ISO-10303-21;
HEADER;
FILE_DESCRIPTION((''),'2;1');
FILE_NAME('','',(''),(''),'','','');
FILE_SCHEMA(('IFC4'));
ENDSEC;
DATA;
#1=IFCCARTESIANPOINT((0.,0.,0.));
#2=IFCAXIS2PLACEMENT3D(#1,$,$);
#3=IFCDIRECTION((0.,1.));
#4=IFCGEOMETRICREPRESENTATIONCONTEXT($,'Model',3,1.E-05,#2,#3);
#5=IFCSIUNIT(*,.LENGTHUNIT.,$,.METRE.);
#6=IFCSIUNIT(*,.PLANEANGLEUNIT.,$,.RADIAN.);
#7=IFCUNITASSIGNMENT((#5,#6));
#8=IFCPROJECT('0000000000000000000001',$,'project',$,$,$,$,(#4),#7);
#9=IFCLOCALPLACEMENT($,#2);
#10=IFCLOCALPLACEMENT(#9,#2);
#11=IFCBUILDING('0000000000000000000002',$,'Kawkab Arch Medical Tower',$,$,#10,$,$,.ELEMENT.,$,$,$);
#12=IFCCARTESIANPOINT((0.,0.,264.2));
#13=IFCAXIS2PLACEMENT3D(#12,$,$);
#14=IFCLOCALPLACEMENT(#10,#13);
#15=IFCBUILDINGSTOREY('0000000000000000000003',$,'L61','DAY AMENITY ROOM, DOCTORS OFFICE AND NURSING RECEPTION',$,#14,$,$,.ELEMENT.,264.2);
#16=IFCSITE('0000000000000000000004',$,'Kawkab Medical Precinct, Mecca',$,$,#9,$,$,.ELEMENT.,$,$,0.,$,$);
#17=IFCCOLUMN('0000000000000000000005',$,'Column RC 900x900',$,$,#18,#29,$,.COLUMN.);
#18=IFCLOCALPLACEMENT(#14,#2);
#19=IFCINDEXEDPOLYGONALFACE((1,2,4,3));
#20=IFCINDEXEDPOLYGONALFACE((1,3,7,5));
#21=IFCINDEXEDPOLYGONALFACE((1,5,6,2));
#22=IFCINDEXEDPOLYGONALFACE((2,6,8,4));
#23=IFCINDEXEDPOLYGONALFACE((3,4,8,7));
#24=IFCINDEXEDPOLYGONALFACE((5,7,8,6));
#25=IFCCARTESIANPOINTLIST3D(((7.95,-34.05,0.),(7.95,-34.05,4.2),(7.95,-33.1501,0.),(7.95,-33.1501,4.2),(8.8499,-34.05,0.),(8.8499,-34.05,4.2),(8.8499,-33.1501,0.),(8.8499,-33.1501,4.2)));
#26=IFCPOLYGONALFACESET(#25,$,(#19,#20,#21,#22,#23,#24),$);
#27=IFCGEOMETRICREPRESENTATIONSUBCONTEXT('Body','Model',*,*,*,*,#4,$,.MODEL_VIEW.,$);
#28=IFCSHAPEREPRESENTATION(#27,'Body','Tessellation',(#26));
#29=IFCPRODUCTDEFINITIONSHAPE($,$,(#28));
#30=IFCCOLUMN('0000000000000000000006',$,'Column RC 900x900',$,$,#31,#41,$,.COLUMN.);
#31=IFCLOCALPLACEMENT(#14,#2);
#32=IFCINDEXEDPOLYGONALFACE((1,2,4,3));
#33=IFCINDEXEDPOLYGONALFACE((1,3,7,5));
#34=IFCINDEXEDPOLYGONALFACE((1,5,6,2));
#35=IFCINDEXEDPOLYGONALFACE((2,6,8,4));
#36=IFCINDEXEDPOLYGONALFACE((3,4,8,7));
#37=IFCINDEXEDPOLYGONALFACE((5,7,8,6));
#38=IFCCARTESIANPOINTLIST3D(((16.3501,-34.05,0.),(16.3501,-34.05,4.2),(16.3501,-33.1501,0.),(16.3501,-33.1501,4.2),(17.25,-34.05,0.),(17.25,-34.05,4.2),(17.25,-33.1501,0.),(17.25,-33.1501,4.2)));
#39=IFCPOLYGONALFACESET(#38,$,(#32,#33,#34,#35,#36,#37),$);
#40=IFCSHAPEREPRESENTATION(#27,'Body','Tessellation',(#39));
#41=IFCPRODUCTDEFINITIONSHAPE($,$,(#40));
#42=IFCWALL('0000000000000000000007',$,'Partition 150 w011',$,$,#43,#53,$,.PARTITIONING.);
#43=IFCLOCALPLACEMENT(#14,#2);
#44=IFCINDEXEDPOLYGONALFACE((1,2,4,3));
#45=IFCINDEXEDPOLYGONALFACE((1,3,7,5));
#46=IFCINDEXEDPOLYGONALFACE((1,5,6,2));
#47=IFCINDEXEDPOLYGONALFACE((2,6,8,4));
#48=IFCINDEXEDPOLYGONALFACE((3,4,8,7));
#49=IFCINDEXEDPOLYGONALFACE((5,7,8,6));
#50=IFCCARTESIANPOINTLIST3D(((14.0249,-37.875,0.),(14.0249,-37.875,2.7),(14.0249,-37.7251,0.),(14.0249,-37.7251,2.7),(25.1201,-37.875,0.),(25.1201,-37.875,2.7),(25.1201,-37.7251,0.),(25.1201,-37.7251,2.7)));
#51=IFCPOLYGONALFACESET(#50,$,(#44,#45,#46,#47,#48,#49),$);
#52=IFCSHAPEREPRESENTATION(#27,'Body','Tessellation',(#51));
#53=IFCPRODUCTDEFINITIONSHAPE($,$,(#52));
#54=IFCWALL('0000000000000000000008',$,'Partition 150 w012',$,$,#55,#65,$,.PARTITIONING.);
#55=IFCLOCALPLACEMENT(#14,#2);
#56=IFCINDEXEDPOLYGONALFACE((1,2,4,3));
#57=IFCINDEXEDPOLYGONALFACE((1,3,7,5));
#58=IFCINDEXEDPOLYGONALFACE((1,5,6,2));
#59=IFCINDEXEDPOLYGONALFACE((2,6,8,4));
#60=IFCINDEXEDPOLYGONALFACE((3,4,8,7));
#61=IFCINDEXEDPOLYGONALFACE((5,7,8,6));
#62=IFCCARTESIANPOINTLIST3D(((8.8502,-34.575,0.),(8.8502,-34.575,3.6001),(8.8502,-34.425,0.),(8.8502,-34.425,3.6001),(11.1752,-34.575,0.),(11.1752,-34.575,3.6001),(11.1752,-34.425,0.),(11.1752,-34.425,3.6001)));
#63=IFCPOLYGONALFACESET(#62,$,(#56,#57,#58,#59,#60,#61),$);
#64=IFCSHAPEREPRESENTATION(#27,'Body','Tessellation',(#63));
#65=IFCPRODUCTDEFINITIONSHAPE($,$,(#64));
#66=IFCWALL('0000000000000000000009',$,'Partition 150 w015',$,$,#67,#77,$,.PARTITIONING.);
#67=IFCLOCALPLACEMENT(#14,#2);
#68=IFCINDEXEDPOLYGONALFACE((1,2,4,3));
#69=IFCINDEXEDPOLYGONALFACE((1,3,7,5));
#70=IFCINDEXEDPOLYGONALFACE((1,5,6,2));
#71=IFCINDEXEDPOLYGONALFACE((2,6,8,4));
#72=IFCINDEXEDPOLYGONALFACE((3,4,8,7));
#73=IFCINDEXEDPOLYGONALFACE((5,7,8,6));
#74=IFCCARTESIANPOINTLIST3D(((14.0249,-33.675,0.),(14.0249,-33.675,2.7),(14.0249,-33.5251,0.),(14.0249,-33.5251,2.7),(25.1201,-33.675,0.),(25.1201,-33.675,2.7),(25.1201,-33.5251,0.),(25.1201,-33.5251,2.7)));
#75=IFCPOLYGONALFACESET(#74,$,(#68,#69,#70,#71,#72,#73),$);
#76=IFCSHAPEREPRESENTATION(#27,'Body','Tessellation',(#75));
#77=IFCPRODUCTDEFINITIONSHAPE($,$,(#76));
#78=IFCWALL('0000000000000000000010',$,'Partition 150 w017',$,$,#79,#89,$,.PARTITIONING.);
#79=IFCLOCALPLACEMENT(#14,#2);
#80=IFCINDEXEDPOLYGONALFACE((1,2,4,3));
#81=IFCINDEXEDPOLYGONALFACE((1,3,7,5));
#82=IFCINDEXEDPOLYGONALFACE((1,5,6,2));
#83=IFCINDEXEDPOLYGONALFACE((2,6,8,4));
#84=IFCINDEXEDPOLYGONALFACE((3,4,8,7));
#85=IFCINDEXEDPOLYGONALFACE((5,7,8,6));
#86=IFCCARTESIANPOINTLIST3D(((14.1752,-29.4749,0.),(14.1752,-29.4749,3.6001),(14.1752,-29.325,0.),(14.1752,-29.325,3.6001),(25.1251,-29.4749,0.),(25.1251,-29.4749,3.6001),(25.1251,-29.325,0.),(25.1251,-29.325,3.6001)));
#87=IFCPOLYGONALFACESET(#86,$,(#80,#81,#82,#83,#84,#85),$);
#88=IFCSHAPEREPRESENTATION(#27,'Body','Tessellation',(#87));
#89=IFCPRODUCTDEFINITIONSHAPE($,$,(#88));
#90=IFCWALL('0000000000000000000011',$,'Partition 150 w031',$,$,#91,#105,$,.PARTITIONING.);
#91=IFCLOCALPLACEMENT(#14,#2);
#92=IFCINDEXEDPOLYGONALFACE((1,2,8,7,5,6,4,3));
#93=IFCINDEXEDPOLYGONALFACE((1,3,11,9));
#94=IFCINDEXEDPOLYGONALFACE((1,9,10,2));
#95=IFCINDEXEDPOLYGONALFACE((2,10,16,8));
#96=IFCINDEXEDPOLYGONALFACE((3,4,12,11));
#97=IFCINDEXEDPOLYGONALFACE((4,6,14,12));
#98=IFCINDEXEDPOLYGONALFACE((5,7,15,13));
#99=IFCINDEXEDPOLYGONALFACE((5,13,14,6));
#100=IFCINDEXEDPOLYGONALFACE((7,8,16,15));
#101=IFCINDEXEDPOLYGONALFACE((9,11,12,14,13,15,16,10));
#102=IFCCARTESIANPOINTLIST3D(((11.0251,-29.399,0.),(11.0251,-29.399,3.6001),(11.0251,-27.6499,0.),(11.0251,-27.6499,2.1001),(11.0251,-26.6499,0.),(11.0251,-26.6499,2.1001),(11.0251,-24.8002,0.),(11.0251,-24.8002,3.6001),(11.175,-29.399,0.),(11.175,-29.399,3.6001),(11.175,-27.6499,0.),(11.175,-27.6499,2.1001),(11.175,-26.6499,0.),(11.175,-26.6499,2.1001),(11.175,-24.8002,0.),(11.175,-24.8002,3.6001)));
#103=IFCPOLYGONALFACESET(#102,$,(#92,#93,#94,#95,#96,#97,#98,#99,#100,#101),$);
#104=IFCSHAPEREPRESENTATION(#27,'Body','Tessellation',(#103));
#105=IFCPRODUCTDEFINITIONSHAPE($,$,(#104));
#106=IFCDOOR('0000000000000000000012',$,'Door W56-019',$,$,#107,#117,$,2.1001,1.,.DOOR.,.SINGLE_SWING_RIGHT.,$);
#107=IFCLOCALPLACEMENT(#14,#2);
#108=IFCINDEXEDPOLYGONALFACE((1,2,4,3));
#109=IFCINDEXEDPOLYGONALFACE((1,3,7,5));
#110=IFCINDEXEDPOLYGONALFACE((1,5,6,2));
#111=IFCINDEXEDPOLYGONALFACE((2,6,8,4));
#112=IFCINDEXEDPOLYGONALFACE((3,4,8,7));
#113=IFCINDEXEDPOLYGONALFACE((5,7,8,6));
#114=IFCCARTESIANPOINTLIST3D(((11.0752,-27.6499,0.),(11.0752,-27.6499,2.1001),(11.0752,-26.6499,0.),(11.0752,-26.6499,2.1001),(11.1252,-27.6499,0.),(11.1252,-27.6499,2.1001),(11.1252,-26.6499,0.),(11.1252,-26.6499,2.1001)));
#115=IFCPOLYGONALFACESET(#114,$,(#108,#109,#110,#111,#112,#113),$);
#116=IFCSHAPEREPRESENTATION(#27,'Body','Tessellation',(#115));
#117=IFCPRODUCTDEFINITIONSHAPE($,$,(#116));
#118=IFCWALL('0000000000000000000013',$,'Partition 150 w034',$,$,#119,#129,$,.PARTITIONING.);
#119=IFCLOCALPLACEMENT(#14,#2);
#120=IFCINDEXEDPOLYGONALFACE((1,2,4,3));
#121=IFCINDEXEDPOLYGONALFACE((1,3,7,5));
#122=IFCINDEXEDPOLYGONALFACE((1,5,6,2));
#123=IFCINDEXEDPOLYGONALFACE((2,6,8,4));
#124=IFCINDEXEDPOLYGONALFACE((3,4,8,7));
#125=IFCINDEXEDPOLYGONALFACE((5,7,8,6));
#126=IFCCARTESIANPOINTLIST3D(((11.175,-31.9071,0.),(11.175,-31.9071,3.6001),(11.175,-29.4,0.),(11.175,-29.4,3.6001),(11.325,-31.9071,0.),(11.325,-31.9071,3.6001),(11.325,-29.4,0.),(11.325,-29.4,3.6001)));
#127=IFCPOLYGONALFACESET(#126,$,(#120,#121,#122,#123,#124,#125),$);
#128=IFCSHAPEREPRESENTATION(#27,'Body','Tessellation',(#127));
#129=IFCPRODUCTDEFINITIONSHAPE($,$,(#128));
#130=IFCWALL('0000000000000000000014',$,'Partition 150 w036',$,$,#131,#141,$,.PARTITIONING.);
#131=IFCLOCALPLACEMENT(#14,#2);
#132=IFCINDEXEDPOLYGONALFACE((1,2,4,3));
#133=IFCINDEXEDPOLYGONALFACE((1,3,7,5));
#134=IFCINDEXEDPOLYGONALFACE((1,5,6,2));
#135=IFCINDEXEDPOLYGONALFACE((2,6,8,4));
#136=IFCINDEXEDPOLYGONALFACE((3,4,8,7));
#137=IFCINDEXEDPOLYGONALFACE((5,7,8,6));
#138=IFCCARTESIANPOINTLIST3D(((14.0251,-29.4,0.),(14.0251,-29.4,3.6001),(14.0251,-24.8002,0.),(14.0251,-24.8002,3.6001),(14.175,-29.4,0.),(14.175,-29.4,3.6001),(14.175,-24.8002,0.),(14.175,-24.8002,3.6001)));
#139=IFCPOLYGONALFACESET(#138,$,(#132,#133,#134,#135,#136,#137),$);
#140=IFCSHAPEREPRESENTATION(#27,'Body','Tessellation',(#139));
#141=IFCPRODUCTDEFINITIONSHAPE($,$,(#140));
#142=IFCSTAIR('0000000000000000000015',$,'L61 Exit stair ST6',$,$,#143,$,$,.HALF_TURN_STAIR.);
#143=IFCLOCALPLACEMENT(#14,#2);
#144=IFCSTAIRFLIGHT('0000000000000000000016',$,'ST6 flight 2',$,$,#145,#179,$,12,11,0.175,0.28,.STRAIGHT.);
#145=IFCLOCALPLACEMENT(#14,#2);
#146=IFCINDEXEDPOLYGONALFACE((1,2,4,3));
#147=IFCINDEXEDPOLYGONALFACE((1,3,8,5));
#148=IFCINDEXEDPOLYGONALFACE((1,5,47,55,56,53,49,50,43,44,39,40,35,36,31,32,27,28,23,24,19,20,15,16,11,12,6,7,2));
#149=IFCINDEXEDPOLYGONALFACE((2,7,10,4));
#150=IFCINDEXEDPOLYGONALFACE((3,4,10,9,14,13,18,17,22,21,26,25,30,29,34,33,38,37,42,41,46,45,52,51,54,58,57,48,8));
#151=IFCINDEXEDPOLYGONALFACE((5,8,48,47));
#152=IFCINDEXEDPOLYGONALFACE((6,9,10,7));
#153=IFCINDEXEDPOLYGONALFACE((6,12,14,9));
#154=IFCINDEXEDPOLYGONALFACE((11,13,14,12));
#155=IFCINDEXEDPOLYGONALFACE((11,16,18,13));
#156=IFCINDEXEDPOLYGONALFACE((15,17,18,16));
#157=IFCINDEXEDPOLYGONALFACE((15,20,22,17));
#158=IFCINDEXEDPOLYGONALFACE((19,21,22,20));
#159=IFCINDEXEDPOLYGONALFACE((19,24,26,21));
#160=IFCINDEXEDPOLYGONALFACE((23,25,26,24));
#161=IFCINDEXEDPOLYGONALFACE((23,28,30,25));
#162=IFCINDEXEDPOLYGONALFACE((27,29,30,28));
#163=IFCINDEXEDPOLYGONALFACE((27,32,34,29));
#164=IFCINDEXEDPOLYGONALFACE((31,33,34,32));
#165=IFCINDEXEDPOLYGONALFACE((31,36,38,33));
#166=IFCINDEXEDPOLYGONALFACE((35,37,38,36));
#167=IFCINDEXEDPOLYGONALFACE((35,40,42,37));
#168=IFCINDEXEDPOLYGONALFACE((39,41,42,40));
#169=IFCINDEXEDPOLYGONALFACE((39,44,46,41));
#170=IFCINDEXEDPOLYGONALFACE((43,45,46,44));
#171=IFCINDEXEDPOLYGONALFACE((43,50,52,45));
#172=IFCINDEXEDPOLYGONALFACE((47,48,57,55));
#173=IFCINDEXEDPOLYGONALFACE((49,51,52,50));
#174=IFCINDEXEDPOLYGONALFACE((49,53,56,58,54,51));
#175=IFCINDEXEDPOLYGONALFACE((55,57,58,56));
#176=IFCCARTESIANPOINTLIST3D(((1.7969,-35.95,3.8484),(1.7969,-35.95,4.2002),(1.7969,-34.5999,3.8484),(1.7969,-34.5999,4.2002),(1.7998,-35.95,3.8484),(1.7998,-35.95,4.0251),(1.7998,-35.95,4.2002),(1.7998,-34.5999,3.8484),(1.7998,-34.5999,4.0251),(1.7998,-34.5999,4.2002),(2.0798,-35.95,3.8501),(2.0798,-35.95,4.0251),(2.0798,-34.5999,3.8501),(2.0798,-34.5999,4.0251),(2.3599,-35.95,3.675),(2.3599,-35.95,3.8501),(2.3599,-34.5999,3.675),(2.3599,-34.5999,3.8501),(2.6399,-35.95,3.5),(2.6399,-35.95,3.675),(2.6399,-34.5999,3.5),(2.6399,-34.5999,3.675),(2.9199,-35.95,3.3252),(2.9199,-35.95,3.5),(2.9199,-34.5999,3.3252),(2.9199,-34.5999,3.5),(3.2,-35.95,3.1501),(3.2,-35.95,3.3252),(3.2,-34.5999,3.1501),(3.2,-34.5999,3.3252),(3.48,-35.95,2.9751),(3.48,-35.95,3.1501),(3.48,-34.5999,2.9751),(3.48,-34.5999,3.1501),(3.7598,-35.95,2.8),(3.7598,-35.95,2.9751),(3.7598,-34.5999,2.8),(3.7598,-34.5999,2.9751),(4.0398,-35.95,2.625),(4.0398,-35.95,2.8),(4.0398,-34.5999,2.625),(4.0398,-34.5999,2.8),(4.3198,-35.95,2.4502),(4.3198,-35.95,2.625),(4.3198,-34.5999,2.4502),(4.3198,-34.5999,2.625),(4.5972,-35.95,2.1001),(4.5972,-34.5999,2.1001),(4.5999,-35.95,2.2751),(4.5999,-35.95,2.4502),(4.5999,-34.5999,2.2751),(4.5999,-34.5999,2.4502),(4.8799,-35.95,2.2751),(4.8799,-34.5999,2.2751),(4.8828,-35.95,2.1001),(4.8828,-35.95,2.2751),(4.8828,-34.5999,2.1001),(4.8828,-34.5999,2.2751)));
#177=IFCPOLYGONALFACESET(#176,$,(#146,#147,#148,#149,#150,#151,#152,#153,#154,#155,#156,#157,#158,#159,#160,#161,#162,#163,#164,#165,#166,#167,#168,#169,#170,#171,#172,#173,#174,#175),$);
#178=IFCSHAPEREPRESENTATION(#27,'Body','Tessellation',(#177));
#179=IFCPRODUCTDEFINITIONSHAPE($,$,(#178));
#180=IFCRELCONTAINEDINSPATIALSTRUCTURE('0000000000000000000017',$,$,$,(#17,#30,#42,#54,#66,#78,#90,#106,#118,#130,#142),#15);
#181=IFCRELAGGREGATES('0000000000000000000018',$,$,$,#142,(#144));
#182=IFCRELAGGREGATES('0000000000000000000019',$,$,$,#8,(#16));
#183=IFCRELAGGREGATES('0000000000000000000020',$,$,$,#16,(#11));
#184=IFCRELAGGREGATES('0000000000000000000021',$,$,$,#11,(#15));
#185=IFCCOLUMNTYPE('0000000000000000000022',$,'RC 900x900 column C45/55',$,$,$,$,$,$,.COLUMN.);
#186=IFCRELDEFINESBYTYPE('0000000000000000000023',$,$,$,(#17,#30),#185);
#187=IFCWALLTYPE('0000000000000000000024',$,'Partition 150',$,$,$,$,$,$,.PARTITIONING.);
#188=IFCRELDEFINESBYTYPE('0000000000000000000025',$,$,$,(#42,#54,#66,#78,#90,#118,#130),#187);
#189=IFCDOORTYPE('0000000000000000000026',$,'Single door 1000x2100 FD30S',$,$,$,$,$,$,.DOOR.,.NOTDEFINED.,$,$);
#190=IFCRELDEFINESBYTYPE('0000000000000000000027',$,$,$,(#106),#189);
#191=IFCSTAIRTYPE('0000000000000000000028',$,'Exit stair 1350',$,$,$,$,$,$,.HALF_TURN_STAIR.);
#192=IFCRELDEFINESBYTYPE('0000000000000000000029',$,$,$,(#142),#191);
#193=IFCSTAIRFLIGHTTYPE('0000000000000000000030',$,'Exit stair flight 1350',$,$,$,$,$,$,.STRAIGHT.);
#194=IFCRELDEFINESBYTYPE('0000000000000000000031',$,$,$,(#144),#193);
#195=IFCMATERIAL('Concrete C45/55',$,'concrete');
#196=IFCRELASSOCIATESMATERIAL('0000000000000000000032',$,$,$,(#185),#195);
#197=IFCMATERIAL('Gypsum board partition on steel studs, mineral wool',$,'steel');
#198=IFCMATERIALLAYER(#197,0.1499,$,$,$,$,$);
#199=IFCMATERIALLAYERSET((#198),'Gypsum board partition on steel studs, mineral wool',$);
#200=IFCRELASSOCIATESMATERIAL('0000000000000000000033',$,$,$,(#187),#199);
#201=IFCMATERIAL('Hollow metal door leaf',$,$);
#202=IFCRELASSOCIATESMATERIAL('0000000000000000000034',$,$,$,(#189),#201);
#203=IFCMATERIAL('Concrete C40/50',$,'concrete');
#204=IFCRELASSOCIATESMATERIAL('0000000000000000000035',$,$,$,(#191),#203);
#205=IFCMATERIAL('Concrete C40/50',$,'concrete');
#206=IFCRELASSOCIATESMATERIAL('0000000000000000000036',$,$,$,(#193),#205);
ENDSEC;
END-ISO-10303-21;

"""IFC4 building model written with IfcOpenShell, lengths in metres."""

from ifc_helpers import new_model, si_unit, direction, frame, frame_2d, origin, origin_2d, place, context, subcontext, project, spatial, polyline, rectangle, outline, extrude, material, layer, layer_set, material_profile, profile_set, type_object, element, fill, aggregate, save


model = new_model("IFC4")

# Units and contexts
model_context = context("Model", 3, precision=1e-05, world=origin(), true_north=direction((0.0, 1.0)))
body_context = subcontext(model_context, "Body", "Model", "MODEL_VIEW")
ifc_project = project(units=[si_unit("LENGTHUNIT", "METRE"), si_unit("PLANEANGLEUNIT", "RADIAN")], contexts=[model_context])

# Site, building, storey
site_placement = place(None, origin())
site = spatial("IfcSite", under=ifc_project, at=site_placement, Name="Kawkab Medical Precinct, Mecca", CompositionType="ELEMENT", RefElevation=0.0)
building_placement = place(site_placement, origin())
building = spatial("IfcBuilding", under=site, at=building_placement, Name="Kawkab Arch Medical Tower", CompositionType="ELEMENT")
storey_placement = place(building_placement, frame((0.0, 0.0, 264.2)))
storey = spatial("IfcBuildingStorey", under=building, at=storey_placement, Name="L61", Description="DAY AMENITY ROOM, DOCTORS OFFICE AND NURSING RECEPTION", CompositionType="ELEMENT", Elevation=264.2)

# Columns
ifc_material_1 = material(Name="Concrete C45/55", Category="concrete")
ifc_material_profile = material_profile(ifc_material_1, rectangle(XDim=0.8999, YDim=0.8999, at=origin_2d()), Name="RC 900x900")
ifc_profile_set = profile_set([ifc_material_profile], Name="Concrete C45/55")
column_type = type_object("IfcColumnType", Name="RC 900x900 column C45/55", PredefinedType="COLUMN", material=ifc_profile_set)
for number, where, z_axis, x_axis, name in (
    (1, (8.3999, -33.6001, 0.0), (0.0, 0.0, 1.0), (1.0, 0.0, 0.0), "Column RC 900x900"),
    (2, (16.8, -33.6001, 0.0), (0.0, 0.0, 1.0), (1.0, 0.0, 0.0), "Column RC 900x900"),
):
    element("IfcColumn", number, at=place(storey_placement, frame(where, z_axis=z_axis, x_axis=x_axis)), inside=storey, type_object=column_type, Name=name, PredefinedType="COLUMN", context=body_context, shape_type="SweptSolid", body=[
        extrude(rectangle(XDim=0.8999, YDim=0.8999, at=origin_2d()), origin(), (0.0, 0.0, 1.0), 4.2),
    ])

# Walls
ifc_material_2 = material(Name="Gypsum board partition on steel studs, mineral wool", Category="steel")
ifc_layer = layer(ifc_material_2, 0.1499)
ifc_layer_set = layer_set([ifc_layer], Name="Gypsum board partition on steel studs, mineral wool")
wall_type = type_object("IfcWallType", Name="Partition 150", PredefinedType="PARTITIONING", material=ifc_layer_set)
wall_1_placement = place(storey_placement, frame((14.0249, -37.8, 0.0), z_axis=(0.0, 0.0, 1.0), x_axis=(1.0, 0.0, 0.0)))
element("IfcWall", 3, at=wall_1_placement, inside=storey, type_object=wall_type, Name="Partition 150 w011", PredefinedType="PARTITIONING", context=body_context, shape_type="SweptSolid", body=[
    extrude(rectangle(XDim=11.0952, YDim=0.1499, at=frame_2d((5.5476, 0.0))), origin(), (0.0, 0.0, 1.0), 2.7),
])
wall_2_placement = place(storey_placement, frame((8.8501, -34.5, 0.0), z_axis=(0.0, 0.0, 1.0), x_axis=(1.0, 0.0, 0.0)))
element("IfcWall", 4, at=wall_2_placement, inside=storey, type_object=wall_type, Name="Partition 150 w012", PredefinedType="PARTITIONING", context=body_context, shape_type="SweptSolid", body=[
    extrude(rectangle(XDim=2.325, YDim=0.1499, at=frame_2d((1.1626, 0.0))), origin(), (0.0, 0.0, 1.0), 3.6001),
])
wall_3_placement = place(storey_placement, frame((14.0249, -33.6001, 0.0), z_axis=(0.0, 0.0, 1.0), x_axis=(1.0, 0.0, 0.0)))
element("IfcWall", 5, at=wall_3_placement, inside=storey, type_object=wall_type, Name="Partition 150 w015", PredefinedType="PARTITIONING", context=body_context, shape_type="SweptSolid", body=[
    extrude(rectangle(XDim=11.0952, YDim=0.1499, at=frame_2d((5.5476, 0.0))), origin(), (0.0, 0.0, 1.0), 2.7),
])
wall_4_placement = place(storey_placement, frame((14.175, -29.3999, 0.0), z_axis=(0.0, 0.0, 1.0), x_axis=(1.0, 0.0, 0.0)))
element("IfcWall", 6, at=wall_4_placement, inside=storey, type_object=wall_type, Name="Partition 150 w017", PredefinedType="PARTITIONING", context=body_context, shape_type="SweptSolid", body=[
    extrude(rectangle(XDim=10.95, YDim=0.1499, at=frame_2d((5.4751, 0.0))), origin(), (0.0, 0.0, 1.0), 3.6001),
])

# Wall, opening, door
wall_5_placement = place(storey_placement, frame((11.1001, -29.3989, 0.0), z_axis=(0.0, 0.0, 1.0), x_axis=(0.0, 1.0, 0.0)))
wall_5 = element("IfcWall", 7, at=wall_5_placement, inside=storey, type_object=wall_type, Name="Partition 150 w031", PredefinedType="PARTITIONING", context=body_context, shape_type="SweptSolid", body=[
    extrude(rectangle(XDim=4.5989, YDim=0.1499, at=frame_2d((2.2993, 0.0))), origin(), (0.0, 0.0, 1.0), 3.6001),
])
opening_placement = place(wall_5_placement, frame((1.749, 0.0, 0.0)))
opening = element("IfcOpeningElement", 8, at=opening_placement, cuts=wall_5, PredefinedType="OPENING", context=body_context, shape_type="SweptSolid", body=[
    extrude(rectangle(XDim=1.0, YDim=2.1001, at=frame_2d((0.5, 1.05))), frame((0.0, 0.085, 0.0), z_axis=(0.0, -1.0, 0.0), x_axis=(1.0, 0.0, 0.0)), (0.0, 0.0, 1.0), 0.1699),
])
ifc_material_3 = material(Name="Hollow metal door leaf")
door_type = type_object("IfcDoorType", Name="Single door 1000x2100 FD30S", OperationType="NOTDEFINED", PredefinedType="DOOR", material=ifc_material_3)
door_placement = place(opening_placement, origin())
door = element("IfcDoor", 9, at=door_placement, inside=storey, type_object=door_type, Name="Door W56-019", OperationType="SINGLE_SWING_RIGHT", OverallHeight=2.1001, OverallWidth=1.0, PredefinedType="DOOR", context=body_context, shape_type="SweptSolid", body=[
    extrude(rectangle(XDim=1.0, YDim=2.1001, at=frame_2d((0.5, 1.05))), frame((0.0, 0.0249, 0.0), z_axis=(0.0, -1.0, 0.0), x_axis=(1.0, 0.0, 0.0)), (0.0, 0.0, 1.0), 0.05),
])
fill(opening, door)

# Walls
wall_6_placement = place(storey_placement, frame((11.25, -31.907, 0.0), z_axis=(0.0, 0.0, 1.0), x_axis=(0.0, 1.0, 0.0)))
element("IfcWall", 10, at=wall_6_placement, inside=storey, type_object=wall_type, Name="Partition 150 w034", PredefinedType="PARTITIONING", context=body_context, shape_type="SweptSolid", body=[
    extrude(rectangle(XDim=2.5071, YDim=0.1499, at=frame_2d((1.2534, 0.0))), origin(), (0.0, 0.0, 1.0), 3.6001),
])
wall_7_placement = place(storey_placement, frame((14.1001, -29.3999, 0.0), z_axis=(0.0, 0.0, 1.0), x_axis=(0.0, 1.0, 0.0)))
element("IfcWall", 11, at=wall_7_placement, inside=storey, type_object=wall_type, Name="Partition 150 w036", PredefinedType="PARTITIONING", context=body_context, shape_type="SweptSolid", body=[
    extrude(rectangle(XDim=4.5999, YDim=0.1499, at=frame_2d((2.2998, 0.0))), origin(), (0.0, 0.0, 1.0), 3.6001),
])

# Stair, stair flight
ifc_material_4 = material(Name="Concrete C40/50", Category="concrete")
stair_type = type_object("IfcStairType", Name="Exit stair 1350", PredefinedType="HALF_TURN_STAIR", material=ifc_material_4)
stair_placement = place(storey_placement, origin())
stair = element("IfcStair", 12, at=stair_placement, inside=storey, type_object=stair_type, Name="L61 Exit stair ST6", PredefinedType="HALF_TURN_STAIR")
ifc_material_5 = material(Name="Concrete C40/50", Category="concrete")
stair_flight_type = type_object("IfcStairFlightType", Name="Exit stair flight 1350", PredefinedType="STRAIGHT", material=ifc_material_5)
stair_flight_placement = place(storey_placement, frame((4.8799, -35.2749, 2.1001), z_axis=(0.0, 0.0, 1.0), x_axis=(-1.0, 0.0, 0.0)))
stair_flight = element("IfcStairFlight", 13, at=stair_flight_placement, type_object=stair_flight_type, Name="ST6 flight 2", NumberOfRisers=12, NumberOfTreads=11, PredefinedType="STRAIGHT", RiserHeight=0.175, TreadLength=0.28, context=body_context, shape_type="SweptSolid", body=[
    extrude(outline(polyline([(-0.0029, 0.0), (-0.0029, 0.175), (0.0, 0.175), (0.28, 0.175), (0.28, 0.3501), (0.5601, 0.3501), (0.5601, 0.5249), (0.8401, 0.5249), (0.8401, 0.7), (1.1201, 0.7), (1.1201, 0.875), (1.3999, 0.875), (1.3999, 1.05), (1.6799, 1.05), (1.6799, 1.2251), (1.96, 1.2251), (1.96, 1.3999), (2.24, 1.3999), (2.24, 1.575), (2.52, 1.575), (2.52, 1.75), (2.8, 1.75), (2.8, 1.925), (3.0801, 1.925), (3.0801, 2.1001), (3.083, 2.1001), (3.083, 1.7483), (3.0801, 1.7483), (0.2827, 0.0), (-0.0029, 0.0)])), frame((0.0, 0.675, 0.0), z_axis=(0.0, -1.0, 0.0), x_axis=(1.0, 0.0, 0.0)), (0.0, 0.0, 1.0), 1.3501),
])
aggregate(stair, [stair_flight])

save(model, "model.ifc")
